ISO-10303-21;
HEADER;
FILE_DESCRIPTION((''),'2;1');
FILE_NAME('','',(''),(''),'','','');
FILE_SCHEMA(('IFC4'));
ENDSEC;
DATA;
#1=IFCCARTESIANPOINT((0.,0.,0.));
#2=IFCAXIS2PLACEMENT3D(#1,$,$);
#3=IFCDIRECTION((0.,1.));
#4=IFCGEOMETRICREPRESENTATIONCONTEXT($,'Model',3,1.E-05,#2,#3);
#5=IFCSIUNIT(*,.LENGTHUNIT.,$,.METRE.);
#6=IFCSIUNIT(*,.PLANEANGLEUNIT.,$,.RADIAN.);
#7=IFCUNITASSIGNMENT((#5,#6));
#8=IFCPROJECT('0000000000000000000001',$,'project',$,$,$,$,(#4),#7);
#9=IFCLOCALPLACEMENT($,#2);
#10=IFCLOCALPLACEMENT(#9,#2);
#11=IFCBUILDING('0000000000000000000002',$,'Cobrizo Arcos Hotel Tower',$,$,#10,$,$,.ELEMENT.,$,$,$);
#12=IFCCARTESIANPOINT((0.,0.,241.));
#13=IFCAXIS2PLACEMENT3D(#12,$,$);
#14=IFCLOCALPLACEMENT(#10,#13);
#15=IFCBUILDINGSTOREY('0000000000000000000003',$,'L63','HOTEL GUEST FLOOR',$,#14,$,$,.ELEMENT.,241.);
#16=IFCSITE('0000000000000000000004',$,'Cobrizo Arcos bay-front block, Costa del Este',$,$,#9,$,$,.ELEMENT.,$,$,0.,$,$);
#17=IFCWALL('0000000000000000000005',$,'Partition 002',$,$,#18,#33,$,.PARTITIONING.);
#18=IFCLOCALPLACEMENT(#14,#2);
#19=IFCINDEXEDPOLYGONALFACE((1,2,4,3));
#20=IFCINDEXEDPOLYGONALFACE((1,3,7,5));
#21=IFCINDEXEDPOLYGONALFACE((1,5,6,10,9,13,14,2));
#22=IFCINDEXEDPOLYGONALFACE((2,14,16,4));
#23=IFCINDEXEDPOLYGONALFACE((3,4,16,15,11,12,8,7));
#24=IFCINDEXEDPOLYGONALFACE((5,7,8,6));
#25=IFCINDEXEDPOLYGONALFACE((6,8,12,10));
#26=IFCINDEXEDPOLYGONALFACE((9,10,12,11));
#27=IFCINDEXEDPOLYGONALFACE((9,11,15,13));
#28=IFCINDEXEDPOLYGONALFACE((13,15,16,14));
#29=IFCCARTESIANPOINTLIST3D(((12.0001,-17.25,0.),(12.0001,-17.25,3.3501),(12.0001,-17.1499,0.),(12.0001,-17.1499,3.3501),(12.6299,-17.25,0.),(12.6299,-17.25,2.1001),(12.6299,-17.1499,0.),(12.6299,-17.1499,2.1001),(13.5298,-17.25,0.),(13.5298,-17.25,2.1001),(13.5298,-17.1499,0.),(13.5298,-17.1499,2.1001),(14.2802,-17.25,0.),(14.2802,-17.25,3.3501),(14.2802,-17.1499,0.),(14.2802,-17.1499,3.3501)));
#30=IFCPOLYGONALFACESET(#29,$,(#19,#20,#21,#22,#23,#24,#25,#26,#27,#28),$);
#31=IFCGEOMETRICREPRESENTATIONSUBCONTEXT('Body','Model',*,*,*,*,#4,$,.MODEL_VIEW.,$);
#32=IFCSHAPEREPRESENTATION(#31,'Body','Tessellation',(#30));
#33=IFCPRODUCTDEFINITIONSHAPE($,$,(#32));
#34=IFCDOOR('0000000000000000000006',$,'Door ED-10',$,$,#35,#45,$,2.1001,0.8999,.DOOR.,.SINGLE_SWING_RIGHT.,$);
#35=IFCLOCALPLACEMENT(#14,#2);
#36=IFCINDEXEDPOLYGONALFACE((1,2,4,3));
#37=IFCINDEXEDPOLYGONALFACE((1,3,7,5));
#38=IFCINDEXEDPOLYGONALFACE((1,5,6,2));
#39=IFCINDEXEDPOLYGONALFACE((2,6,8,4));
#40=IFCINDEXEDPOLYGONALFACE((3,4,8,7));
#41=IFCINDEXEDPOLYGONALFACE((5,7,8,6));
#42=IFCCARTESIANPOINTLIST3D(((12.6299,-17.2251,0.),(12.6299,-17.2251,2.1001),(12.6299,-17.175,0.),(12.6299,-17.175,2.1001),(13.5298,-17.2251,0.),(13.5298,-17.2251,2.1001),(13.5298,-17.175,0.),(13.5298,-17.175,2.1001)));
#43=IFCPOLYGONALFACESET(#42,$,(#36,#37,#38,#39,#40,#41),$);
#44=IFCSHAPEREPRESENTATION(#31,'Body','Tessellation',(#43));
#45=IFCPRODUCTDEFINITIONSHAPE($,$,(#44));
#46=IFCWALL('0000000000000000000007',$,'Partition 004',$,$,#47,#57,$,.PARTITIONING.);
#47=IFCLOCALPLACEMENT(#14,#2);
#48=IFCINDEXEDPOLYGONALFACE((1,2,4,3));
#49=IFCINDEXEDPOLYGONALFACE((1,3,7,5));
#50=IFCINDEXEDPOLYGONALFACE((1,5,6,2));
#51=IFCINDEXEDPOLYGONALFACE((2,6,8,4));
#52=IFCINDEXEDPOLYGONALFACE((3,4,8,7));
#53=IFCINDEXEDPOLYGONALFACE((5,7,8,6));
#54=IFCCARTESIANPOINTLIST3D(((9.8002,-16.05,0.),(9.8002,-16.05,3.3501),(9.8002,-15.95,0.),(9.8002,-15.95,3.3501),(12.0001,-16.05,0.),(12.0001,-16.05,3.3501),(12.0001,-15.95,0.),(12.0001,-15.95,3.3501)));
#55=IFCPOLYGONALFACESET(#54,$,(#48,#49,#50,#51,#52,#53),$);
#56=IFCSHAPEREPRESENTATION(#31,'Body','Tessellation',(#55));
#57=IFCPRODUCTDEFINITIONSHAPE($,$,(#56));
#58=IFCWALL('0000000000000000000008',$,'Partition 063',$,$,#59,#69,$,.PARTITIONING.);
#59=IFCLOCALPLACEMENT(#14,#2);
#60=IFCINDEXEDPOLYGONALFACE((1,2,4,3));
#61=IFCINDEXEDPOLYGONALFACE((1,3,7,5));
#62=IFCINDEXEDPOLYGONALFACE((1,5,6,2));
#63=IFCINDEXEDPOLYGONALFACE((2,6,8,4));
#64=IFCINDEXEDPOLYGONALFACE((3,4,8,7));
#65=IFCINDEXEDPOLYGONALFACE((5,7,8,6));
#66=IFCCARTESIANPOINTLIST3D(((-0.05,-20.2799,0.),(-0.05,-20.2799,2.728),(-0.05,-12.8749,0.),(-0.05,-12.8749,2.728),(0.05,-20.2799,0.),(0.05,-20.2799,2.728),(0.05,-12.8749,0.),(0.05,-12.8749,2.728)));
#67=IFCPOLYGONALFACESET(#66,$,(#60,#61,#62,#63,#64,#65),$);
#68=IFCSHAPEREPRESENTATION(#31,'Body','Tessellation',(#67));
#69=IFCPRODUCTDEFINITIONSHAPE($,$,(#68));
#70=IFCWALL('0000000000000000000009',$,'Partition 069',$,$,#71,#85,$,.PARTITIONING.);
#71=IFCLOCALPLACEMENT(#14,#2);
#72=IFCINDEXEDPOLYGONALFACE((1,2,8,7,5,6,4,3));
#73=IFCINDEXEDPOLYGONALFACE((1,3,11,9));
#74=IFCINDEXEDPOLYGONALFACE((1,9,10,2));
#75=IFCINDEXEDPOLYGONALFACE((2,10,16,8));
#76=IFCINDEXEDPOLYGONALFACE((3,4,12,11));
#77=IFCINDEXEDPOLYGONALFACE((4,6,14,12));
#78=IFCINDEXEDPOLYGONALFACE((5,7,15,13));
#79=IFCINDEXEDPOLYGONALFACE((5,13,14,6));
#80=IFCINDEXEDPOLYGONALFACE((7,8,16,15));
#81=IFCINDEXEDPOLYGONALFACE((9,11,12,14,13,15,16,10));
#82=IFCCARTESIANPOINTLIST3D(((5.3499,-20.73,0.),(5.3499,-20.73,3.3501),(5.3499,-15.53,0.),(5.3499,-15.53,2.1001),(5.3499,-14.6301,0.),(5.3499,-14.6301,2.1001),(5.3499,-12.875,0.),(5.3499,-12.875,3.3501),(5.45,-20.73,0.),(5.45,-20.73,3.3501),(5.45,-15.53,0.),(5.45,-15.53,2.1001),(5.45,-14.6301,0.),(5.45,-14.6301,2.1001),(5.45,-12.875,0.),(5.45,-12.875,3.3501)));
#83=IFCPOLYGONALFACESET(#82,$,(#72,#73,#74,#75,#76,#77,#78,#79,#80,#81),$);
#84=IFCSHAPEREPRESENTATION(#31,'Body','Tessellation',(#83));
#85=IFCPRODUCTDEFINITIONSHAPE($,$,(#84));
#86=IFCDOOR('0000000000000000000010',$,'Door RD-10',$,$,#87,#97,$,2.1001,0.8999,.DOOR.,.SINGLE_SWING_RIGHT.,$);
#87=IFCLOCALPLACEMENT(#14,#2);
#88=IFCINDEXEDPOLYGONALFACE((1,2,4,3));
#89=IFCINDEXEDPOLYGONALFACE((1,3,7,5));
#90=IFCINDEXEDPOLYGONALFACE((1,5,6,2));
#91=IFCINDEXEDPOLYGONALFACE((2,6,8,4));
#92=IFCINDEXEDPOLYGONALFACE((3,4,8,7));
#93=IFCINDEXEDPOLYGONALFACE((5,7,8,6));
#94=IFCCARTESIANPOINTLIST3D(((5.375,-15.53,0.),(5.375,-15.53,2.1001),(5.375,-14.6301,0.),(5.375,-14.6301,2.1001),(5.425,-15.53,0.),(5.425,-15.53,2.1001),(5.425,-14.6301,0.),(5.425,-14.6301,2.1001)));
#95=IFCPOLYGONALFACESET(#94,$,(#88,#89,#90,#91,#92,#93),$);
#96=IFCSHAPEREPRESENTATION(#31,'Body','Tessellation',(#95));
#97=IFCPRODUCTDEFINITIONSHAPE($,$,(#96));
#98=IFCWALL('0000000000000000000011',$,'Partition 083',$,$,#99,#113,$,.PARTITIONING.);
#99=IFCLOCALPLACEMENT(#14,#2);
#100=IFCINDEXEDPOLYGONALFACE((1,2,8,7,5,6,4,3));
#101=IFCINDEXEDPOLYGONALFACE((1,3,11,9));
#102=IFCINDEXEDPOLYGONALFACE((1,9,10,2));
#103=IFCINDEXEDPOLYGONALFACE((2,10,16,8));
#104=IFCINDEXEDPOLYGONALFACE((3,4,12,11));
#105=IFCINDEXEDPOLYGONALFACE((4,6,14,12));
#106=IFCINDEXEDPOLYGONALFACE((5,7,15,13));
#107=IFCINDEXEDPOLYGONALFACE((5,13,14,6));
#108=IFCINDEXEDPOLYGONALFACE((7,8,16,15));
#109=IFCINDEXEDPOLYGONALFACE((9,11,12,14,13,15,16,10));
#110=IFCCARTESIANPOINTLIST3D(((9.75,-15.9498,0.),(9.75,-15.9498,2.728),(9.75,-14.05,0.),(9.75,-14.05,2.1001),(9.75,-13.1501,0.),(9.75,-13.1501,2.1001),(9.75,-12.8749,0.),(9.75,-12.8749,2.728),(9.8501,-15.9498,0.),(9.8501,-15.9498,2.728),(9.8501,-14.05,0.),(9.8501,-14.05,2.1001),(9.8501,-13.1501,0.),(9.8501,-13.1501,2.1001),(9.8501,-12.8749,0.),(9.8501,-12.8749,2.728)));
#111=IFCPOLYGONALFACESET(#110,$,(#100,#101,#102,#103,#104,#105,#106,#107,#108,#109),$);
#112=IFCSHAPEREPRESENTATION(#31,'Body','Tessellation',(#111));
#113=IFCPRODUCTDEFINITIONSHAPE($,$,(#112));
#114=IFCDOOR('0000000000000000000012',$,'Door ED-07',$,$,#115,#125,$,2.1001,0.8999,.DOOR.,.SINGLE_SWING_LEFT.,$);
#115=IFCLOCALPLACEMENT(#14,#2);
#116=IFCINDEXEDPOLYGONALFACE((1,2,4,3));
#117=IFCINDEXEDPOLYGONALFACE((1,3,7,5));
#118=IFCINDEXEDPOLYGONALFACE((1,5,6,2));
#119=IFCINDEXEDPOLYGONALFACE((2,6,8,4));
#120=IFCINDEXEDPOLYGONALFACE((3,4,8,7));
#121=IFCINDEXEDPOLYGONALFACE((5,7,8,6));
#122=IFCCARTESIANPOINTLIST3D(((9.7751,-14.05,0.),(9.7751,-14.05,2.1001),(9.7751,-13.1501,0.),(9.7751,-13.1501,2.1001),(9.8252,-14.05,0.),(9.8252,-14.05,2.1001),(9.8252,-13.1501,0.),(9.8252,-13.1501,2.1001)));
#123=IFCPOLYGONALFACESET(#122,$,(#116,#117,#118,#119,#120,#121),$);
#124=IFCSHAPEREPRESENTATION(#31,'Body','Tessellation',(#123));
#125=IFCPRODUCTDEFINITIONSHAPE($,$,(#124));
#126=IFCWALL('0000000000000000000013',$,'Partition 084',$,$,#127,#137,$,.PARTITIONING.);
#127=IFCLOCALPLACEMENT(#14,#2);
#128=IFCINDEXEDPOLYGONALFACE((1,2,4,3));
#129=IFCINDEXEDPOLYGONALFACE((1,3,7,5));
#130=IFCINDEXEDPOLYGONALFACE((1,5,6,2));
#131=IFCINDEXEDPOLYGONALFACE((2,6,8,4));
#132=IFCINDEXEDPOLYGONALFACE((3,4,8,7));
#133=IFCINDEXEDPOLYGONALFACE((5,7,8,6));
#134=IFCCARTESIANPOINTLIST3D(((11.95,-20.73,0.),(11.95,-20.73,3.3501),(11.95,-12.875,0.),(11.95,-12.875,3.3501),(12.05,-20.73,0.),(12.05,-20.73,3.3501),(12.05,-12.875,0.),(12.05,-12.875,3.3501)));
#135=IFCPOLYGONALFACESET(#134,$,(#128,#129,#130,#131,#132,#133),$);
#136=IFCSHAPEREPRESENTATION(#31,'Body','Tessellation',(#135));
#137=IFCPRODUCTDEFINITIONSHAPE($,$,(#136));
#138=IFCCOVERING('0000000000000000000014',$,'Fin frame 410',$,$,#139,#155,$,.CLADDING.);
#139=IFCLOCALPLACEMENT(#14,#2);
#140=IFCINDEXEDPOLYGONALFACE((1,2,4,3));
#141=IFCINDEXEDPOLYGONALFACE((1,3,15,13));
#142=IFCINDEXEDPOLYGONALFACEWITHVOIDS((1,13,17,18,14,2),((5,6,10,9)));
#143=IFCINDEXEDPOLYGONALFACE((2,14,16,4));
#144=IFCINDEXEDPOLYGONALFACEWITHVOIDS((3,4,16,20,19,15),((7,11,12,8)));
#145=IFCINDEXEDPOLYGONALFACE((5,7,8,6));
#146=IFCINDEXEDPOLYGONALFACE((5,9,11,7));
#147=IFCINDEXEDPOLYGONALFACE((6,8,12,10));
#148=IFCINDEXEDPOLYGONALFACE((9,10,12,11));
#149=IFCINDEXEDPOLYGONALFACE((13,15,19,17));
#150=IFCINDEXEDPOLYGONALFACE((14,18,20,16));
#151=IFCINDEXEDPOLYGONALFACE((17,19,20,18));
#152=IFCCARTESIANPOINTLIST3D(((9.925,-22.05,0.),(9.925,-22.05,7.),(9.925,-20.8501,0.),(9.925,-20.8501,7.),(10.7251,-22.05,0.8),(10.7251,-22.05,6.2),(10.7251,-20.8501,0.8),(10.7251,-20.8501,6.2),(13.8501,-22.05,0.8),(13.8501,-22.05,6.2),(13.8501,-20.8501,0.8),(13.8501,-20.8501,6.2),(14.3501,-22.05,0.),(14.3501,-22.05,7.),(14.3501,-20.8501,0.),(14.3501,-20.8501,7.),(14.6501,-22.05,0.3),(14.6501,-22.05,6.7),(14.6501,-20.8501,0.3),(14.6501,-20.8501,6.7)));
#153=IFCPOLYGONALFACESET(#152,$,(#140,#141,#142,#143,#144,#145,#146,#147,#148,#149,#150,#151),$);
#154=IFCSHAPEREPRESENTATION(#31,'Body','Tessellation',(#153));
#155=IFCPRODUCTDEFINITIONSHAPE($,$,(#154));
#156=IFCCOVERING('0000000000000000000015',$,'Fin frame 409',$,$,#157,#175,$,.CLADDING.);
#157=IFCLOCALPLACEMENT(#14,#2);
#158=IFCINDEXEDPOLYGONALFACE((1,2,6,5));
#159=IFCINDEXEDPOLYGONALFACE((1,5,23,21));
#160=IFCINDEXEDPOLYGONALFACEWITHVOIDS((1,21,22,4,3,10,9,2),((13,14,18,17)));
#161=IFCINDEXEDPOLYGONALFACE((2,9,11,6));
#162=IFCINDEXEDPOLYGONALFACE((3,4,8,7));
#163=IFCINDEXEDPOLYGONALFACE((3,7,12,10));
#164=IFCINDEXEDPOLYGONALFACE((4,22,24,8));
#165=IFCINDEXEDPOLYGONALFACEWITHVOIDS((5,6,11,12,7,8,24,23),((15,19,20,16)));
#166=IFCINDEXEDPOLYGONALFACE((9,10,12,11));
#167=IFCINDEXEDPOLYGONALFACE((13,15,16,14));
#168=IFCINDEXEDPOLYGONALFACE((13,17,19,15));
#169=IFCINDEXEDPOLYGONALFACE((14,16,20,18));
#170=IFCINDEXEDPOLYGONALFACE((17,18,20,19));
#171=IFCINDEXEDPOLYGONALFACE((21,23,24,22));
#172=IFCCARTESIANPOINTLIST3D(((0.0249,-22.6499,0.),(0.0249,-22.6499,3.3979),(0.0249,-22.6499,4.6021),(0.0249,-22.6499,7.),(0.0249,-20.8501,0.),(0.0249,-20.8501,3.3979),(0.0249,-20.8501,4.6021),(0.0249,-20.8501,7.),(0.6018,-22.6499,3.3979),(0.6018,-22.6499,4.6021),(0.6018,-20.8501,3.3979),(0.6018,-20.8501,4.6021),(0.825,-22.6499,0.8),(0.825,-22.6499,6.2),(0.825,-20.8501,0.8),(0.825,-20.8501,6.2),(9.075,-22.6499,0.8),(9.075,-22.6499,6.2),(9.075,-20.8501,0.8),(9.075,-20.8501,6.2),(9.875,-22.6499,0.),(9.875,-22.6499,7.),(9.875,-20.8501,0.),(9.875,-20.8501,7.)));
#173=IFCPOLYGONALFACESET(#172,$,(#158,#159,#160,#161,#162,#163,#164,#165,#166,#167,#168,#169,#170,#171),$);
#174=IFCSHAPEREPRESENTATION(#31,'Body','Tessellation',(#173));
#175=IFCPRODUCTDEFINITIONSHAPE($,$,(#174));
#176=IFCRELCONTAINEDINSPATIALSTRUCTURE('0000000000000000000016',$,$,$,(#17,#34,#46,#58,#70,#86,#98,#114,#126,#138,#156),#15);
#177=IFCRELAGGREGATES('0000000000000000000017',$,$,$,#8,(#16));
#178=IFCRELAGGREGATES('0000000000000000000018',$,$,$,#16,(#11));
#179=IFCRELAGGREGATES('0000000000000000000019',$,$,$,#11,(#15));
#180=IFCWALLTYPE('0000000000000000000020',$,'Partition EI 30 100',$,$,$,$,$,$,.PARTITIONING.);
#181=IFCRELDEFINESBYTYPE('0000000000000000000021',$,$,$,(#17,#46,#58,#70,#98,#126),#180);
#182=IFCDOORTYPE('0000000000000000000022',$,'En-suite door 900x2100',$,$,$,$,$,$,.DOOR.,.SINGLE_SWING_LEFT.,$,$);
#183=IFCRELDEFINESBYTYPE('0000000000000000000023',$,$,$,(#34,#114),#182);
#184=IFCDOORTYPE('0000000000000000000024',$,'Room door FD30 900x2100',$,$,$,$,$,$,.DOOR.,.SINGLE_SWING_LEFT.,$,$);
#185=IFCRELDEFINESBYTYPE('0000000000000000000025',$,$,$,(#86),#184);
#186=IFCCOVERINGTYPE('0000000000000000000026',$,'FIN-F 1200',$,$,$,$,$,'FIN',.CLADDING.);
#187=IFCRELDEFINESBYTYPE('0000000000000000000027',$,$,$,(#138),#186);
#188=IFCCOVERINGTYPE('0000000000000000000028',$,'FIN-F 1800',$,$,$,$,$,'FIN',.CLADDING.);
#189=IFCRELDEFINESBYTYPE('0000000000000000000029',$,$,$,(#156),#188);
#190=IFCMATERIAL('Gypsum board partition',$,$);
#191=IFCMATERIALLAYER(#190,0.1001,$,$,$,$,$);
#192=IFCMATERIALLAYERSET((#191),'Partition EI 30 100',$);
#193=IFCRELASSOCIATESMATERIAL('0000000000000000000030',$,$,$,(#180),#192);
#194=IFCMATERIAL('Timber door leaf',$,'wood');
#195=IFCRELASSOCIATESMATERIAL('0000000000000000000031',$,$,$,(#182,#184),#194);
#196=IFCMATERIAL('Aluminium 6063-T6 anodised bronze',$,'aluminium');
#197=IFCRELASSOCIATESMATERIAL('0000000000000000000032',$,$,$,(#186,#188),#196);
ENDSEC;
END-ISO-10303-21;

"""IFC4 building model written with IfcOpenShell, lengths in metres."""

from ifc_helpers import new_model, si_unit, direction, frame, frame_2d, origin, place, context, subcontext, project, spatial, polyline, rectangle, outline, extrude, material, layer, layer_set, type_object, element, fill, save


model = new_model("IFC4")

# Units and contexts
model_context = context("Model", 3, precision=1e-05, world=origin(), true_north=direction((0.0, 1.0)))
body_context = subcontext(model_context, "Body", "Model", "MODEL_VIEW")
ifc_project = project(units=[si_unit("LENGTHUNIT", "METRE"), si_unit("PLANEANGLEUNIT", "RADIAN")], contexts=[model_context])

# Site, building, storey
site_placement = place(None, origin())
site = spatial("IfcSite", under=ifc_project, at=site_placement, Name="Cobrizo Arcos bay-front block, Costa del Este", CompositionType="ELEMENT", RefElevation=0.0)
building_placement = place(site_placement, origin())
building = spatial("IfcBuilding", under=site, at=building_placement, Name="Cobrizo Arcos Hotel Tower", CompositionType="ELEMENT")
storey_placement = place(building_placement, frame((0.0, 0.0, 241.0)))
storey = spatial("IfcBuildingStorey", under=building, at=storey_placement, Name="L63", Description="HOTEL GUEST FLOOR", CompositionType="ELEMENT", Elevation=241.0)

# Shared definitions
ifc_material_1 = material(Name="Aluminium 6063-T6 anodised bronze", Category="aluminium")

# Shared definitions
ifc_material_2 = material(Name="Gypsum board partition")

# Wall, opening, door
ifc_layer_1 = layer(ifc_material_2, 0.1001)
ifc_layer_set_1 = layer_set([ifc_layer_1], Name="Partition EI 30 100")
wall_type_1 = type_object("IfcWallType", Name="Partition EI 30 100", PredefinedType="PARTITIONING", material=ifc_layer_set_1)
wall_1_placement = place(storey_placement, frame((12.0, -17.2, 0.0), z_axis=(0.0, 0.0, 1.0), x_axis=(1.0, 0.0, 0.0)))
wall_1 = element("IfcWall", 1, at=wall_1_placement, inside=storey, type_object=wall_type_1, Name="Partition 002", PredefinedType="PARTITIONING", context=body_context, shape_type="SweptSolid", body=[
    extrude(rectangle(XDim=2.28, YDim=0.1001, at=frame_2d((1.1401, 0.0))), origin(), (0.0, 0.0, 1.0), 3.3501),
])
opening_1_placement = place(wall_1_placement, frame((0.6299, 0.0, 0.0)))
opening_1 = element("IfcOpeningElement", 2, at=opening_1_placement, cuts=wall_1, PredefinedType="OPENING", context=body_context, shape_type="SweptSolid", body=[
    extrude(rectangle(XDim=0.8999, YDim=2.1001, at=frame_2d((0.45, 1.05))), frame((0.0, 0.062, 0.0), z_axis=(0.0, -1.0, 0.0), x_axis=(1.0, 0.0, 0.0)), (0.0, 0.0, 1.0), 0.124),
])
ifc_material_3 = material(Name="Timber door leaf", Category="wood")
door_type_1 = type_object("IfcDoorType", Name="En-suite door 900x2100", OperationType="SINGLE_SWING_LEFT", PredefinedType="DOOR", material=ifc_material_3)
door_1_placement = place(opening_1_placement, origin())
door_1 = element("IfcDoor", 3, at=door_1_placement, inside=storey, type_object=door_type_1, Name="Door ED-10", OperationType="SINGLE_SWING_RIGHT", OverallHeight=2.1001, OverallWidth=0.8999, PredefinedType="DOOR", context=body_context, shape_type="SweptSolid", body=[
    extrude(rectangle(XDim=0.8999, YDim=2.1001, at=frame_2d((0.45, 1.05))), frame((0.0, 0.0249, 0.0), z_axis=(0.0, -1.0, 0.0), x_axis=(1.0, 0.0, 0.0)), (0.0, 0.0, 1.0), 0.05),
])
fill(opening_1, door_1)

# Walls
wall_2_placement = place(storey_placement, frame((9.8, -16.0, 0.0), z_axis=(0.0, 0.0, 1.0), x_axis=(1.0, 0.0, 0.0)))
element("IfcWall", 4, at=wall_2_placement, inside=storey, type_object=wall_type_1, Name="Partition 004", PredefinedType="PARTITIONING", context=body_context, shape_type="SweptSolid", body=[
    extrude(rectangle(XDim=2.2, YDim=0.1001, at=frame_2d((1.1001, 0.0))), origin(), (0.0, 0.0, 1.0), 3.3501),
])
wall_3_placement = place(storey_placement, frame((0.0, -20.28, 0.0), z_axis=(0.0, 0.0, 1.0), x_axis=(0.0, 1.0, 0.0)))
element("IfcWall", 5, at=wall_3_placement, inside=storey, type_object=wall_type_1, Name="Partition 063", PredefinedType="PARTITIONING", context=body_context, shape_type="SweptSolid", body=[
    extrude(rectangle(XDim=7.405, YDim=0.1001, at=frame_2d((3.7026, 0.0))), origin(), (0.0, 0.0, 1.0), 2.728),
])

# Walls, openings, doors
wall_4_placement = place(storey_placement, frame((5.3999, -20.73, 0.0), z_axis=(0.0, 0.0, 1.0), x_axis=(0.0, 1.0, 0.0)))
wall_4 = element("IfcWall", 6, at=wall_4_placement, inside=storey, type_object=wall_type_1, Name="Partition 069", PredefinedType="PARTITIONING", context=body_context, shape_type="SweptSolid", body=[
    extrude(rectangle(XDim=7.855, YDim=0.1001, at=frame_2d((3.9275, 0.0))), origin(), (0.0, 0.0, 1.0), 3.3501),
])
opening_2_placement = place(wall_4_placement, frame((5.2, 0.0, 0.0)))
opening_2 = element("IfcOpeningElement", 7, at=opening_2_placement, cuts=wall_4, PredefinedType="OPENING", context=body_context, shape_type="SweptSolid", body=[
    extrude(rectangle(XDim=0.8999, YDim=2.1001, at=frame_2d((0.45, 1.05))), frame((0.0, 0.062, 0.0), z_axis=(0.0, -1.0, 0.0), x_axis=(1.0, 0.0, 0.0)), (0.0, 0.0, 1.0), 0.124),
])
door_type_2 = type_object("IfcDoorType", Name="Room door FD30 900x2100", OperationType="SINGLE_SWING_LEFT", PredefinedType="DOOR", material=ifc_material_3)
door_2_placement = place(opening_2_placement, origin())
door_2 = element("IfcDoor", 8, at=door_2_placement, inside=storey, type_object=door_type_2, Name="Door RD-10", OperationType="SINGLE_SWING_RIGHT", OverallHeight=2.1001, OverallWidth=0.8999, PredefinedType="DOOR", context=body_context, shape_type="SweptSolid", body=[
    extrude(rectangle(XDim=0.8999, YDim=2.1001, at=frame_2d((0.45, 1.05))), frame((0.0, 0.0249, 0.0), z_axis=(0.0, -1.0, 0.0), x_axis=(1.0, 0.0, 0.0)), (0.0, 0.0, 1.0), 0.05),
])
fill(opening_2, door_2)
wall_5_placement = place(storey_placement, frame((9.8, -15.95, 0.0), z_axis=(0.0, 0.0, 1.0), x_axis=(0.0, 1.0, 0.0)))
wall_5 = element("IfcWall", 9, at=wall_5_placement, inside=storey, type_object=wall_type_1, Name="Partition 083", PredefinedType="PARTITIONING", context=body_context, shape_type="SweptSolid", body=[
    extrude(rectangle(XDim=3.075, YDim=0.1001, at=frame_2d((1.5376, 0.0))), origin(), (0.0, 0.0, 1.0), 2.728),
])
opening_3_placement = place(wall_5_placement, frame((1.8999, 0.0, 0.0)))
opening_3 = element("IfcOpeningElement", 10, at=opening_3_placement, cuts=wall_5, PredefinedType="OPENING", context=body_context, shape_type="SweptSolid", body=[
    extrude(rectangle(XDim=0.8999, YDim=2.1001, at=frame_2d((0.45, 1.05))), frame((0.0, 0.062, 0.0), z_axis=(0.0, -1.0, 0.0), x_axis=(1.0, 0.0, 0.0)), (0.0, 0.0, 1.0), 0.124),
])
door_3_placement = place(opening_3_placement, origin())
door_3 = element("IfcDoor", 11, at=door_3_placement, inside=storey, type_object=door_type_1, Name="Door ED-07", OperationType="SINGLE_SWING_LEFT", OverallHeight=2.1001, OverallWidth=0.8999, PredefinedType="DOOR", context=body_context, shape_type="SweptSolid", body=[
    extrude(rectangle(XDim=0.8999, YDim=2.1001, at=frame_2d((0.45, 1.05))), frame((0.0, 0.0249, 0.0), z_axis=(0.0, -1.0, 0.0), x_axis=(1.0, 0.0, 0.0)), (0.0, 0.0, 1.0), 0.05),
])
fill(opening_3, door_3)

# Wall
wall_6_placement = place(storey_placement, frame((12.0, -20.73, 0.0), z_axis=(0.0, 0.0, 1.0), x_axis=(0.0, 1.0, 0.0)))
element("IfcWall", 12, at=wall_6_placement, inside=storey, type_object=wall_type_1, Name="Partition 084", PredefinedType="PARTITIONING", context=body_context, shape_type="SweptSolid", body=[
    extrude(rectangle(XDim=7.855, YDim=0.1001, at=frame_2d((3.9275, 0.0))), origin(), (0.0, 0.0, 1.0), 3.3501),
])

# Coverings
covering_type_1 = type_object("IfcCoveringType", Name="FIN-F 1200", ElementType="FIN", PredefinedType="CLADDING", material=ifc_material_1)
covering_1_placement = place(storey_placement, frame((9.925, -20.8501, 0.0), z_axis=(0.0, -1.0, 0.0), x_axis=(1.0, 0.0, 0.0)))
element("IfcCovering", 13, at=covering_1_placement, inside=storey, type_object=covering_type_1, Name="Fin frame 410", PredefinedType="CLADDING", context=body_context, shape_type="SweptSolid", body=[
    extrude(outline(polyline([(0.0, 7.0), (0.0, 0.0), (4.425, 0.0), (4.7251, 0.3), (4.7251, 6.7), (4.425, 7.0), (0.0, 7.0)]), holes=[polyline([(3.925, 0.8), (0.8, 0.8), (0.8, 6.2), (3.925, 6.2), (3.925, 0.8)])]), origin(), (0.0, 0.0, 1.0), 1.2),
])
covering_type_2 = type_object("IfcCoveringType", Name="FIN-F 1800", ElementType="FIN", PredefinedType="CLADDING", material=ifc_material_1)
covering_2_placement = place(storey_placement, frame((0.0249, -20.8501, 0.0), z_axis=(0.0, -1.0, 0.0), x_axis=(1.0, 0.0, 0.0)))
element("IfcCovering", 14, at=covering_2_placement, inside=storey, type_object=covering_type_2, Name="Fin frame 409", PredefinedType="CLADDING", context=body_context, shape_type="SweptSolid", body=[
    extrude(outline(polyline([(0.0, 7.0), (0.0, 4.6021), (0.5769, 4.6021), (0.5769, 3.3979), (0.0, 3.3979), (0.0, 0.0), (9.8501, 0.0), (9.8501, 7.0), (0.0, 7.0)]), holes=[polyline([(9.05, 0.8), (0.8, 0.8), (0.8, 6.2), (9.05, 6.2), (9.05, 0.8)])]), origin(), (0.0, 0.0, 1.0), 1.7998),
])

save(model, "model.ifc")
